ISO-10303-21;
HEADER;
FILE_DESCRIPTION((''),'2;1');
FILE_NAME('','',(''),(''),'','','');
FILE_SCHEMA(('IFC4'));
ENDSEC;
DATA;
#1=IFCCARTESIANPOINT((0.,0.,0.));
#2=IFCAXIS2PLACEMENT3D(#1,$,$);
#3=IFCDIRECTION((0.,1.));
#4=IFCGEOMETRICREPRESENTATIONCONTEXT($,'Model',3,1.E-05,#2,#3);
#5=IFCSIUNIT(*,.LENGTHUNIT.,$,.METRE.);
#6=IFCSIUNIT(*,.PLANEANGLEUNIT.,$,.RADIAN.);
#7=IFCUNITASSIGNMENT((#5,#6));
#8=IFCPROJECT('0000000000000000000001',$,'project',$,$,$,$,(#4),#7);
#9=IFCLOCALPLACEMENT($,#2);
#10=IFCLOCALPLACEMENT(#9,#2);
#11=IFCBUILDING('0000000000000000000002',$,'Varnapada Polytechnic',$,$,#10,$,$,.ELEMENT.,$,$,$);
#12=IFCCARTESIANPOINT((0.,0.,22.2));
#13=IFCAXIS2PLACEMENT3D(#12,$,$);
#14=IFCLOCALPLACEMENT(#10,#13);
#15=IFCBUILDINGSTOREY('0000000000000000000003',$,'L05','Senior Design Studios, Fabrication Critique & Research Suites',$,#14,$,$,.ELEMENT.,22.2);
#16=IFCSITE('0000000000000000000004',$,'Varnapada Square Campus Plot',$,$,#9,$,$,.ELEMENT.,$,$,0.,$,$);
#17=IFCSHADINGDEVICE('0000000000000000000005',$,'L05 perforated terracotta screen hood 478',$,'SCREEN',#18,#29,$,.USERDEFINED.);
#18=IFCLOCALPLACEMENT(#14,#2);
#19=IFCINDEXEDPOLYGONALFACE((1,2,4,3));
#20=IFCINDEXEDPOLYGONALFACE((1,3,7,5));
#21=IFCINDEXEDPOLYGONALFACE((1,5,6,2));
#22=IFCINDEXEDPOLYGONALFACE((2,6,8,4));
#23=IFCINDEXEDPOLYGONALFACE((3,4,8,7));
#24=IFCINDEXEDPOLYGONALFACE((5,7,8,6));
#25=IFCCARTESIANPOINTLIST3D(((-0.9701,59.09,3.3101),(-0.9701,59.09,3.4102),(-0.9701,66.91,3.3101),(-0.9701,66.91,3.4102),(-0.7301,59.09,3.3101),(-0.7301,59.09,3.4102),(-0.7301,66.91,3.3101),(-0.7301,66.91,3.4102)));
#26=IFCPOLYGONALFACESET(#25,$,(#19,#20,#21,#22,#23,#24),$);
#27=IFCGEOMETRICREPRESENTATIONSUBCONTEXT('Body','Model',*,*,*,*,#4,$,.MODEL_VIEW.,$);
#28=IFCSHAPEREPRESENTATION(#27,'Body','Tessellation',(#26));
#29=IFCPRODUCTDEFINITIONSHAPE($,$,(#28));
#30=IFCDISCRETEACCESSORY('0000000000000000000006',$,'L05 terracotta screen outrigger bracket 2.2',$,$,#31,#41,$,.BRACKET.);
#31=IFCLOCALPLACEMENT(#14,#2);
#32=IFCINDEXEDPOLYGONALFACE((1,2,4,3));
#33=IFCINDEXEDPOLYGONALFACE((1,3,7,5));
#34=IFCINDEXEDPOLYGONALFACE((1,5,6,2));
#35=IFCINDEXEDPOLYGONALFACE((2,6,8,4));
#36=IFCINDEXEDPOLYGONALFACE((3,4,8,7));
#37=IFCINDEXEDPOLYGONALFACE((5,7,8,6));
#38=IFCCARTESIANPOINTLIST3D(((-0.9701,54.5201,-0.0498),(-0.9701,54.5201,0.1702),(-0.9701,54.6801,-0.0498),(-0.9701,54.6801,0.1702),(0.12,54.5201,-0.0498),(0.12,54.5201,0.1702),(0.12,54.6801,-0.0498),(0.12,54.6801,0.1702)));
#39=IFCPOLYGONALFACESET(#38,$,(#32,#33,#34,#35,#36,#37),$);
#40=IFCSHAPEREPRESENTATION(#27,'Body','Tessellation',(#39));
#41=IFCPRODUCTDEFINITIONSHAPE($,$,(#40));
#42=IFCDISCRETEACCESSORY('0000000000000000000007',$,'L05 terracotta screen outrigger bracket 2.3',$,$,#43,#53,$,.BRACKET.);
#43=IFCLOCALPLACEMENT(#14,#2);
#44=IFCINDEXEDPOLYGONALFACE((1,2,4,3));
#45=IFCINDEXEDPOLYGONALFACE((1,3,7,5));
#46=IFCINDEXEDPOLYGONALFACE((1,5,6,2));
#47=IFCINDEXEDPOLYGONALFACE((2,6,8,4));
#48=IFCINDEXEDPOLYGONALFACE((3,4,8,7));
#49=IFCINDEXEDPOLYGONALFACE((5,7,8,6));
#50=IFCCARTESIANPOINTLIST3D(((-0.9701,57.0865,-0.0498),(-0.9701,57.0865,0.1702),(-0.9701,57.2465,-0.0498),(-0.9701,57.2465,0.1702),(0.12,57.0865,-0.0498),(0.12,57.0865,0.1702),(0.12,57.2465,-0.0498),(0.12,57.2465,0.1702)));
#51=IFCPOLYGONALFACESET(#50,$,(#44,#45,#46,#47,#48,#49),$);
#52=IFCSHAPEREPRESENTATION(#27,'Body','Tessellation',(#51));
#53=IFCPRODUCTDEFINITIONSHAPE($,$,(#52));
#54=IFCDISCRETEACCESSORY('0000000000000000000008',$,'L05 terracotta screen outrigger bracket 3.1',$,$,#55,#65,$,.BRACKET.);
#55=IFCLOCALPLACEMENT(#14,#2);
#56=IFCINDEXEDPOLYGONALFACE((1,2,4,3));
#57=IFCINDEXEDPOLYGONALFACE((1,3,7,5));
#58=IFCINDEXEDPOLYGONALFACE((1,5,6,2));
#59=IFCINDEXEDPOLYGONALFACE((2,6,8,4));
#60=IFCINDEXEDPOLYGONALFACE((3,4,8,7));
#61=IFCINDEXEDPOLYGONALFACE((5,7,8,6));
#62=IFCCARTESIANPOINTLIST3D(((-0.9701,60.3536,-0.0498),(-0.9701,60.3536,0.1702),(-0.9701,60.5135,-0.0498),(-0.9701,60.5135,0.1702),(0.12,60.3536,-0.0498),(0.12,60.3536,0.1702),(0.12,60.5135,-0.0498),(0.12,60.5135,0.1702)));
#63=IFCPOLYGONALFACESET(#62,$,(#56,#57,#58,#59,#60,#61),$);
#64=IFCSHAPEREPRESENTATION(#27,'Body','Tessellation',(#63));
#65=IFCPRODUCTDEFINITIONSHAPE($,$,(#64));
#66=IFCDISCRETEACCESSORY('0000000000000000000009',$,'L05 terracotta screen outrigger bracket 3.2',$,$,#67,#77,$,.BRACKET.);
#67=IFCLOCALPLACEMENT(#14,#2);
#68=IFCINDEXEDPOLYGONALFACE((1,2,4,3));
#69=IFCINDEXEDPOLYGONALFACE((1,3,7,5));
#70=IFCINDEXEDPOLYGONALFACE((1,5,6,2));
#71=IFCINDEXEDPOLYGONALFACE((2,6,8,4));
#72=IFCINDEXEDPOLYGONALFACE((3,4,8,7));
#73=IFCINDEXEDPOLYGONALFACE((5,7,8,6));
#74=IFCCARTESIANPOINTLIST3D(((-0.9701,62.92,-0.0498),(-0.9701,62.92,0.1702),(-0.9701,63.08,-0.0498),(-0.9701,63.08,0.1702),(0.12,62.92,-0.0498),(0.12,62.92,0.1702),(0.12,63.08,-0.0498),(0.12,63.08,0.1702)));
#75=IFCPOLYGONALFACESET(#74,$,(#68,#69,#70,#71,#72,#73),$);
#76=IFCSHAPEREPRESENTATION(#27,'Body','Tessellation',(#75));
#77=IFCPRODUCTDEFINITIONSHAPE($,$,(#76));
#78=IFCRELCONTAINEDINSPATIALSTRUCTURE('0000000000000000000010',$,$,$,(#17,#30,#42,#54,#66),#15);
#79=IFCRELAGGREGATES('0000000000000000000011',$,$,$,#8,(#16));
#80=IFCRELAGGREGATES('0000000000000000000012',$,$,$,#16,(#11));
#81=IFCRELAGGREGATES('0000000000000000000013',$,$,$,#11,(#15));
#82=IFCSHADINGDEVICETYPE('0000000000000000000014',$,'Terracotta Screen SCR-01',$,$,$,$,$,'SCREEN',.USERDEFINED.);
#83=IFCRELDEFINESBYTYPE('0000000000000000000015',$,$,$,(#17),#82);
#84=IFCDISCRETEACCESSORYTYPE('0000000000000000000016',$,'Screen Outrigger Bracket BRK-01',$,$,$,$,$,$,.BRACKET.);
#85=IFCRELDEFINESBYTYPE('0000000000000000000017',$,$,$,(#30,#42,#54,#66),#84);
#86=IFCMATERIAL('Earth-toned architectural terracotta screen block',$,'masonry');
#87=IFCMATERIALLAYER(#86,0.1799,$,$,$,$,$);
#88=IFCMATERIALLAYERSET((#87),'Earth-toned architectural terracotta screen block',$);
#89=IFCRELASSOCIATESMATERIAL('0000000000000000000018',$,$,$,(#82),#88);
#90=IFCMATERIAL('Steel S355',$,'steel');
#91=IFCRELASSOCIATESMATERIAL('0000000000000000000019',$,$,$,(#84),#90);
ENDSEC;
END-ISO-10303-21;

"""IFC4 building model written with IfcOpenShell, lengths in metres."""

from ifc_helpers import new_model, si_unit, direction, frame, origin, origin_2d, place, context, subcontext, project, spatial, rectangle, extrude, material, layer, layer_set, type_object, element, save


model = new_model("IFC4")

# Units and contexts
model_context = context("Model", 3, precision=1e-05, world=origin(), true_north=direction((0.0, 1.0)))
body_context = subcontext(model_context, "Body", "Model", "MODEL_VIEW")
ifc_project = project(units=[si_unit("LENGTHUNIT", "METRE"), si_unit("PLANEANGLEUNIT", "RADIAN")], contexts=[model_context])

# Site, building, storey
site_placement = place(None, origin())
site = spatial("IfcSite", under=ifc_project, at=site_placement, Name="Varnapada Square Campus Plot", CompositionType="ELEMENT", RefElevation=0.0)
building_placement = place(site_placement, origin())
building = spatial("IfcBuilding", under=site, at=building_placement, Name="Varnapada Polytechnic", CompositionType="ELEMENT")
storey_placement = place(building_placement, frame((0.0, 0.0, 22.2)))
storey = spatial("IfcBuildingStorey", under=building, at=storey_placement, Name="L05", Description="Senior Design Studios, Fabrication Critique & Research Suites", CompositionType="ELEMENT", Elevation=22.2)

# Shared definitions
ifc_material_1 = material(Name="Earth-toned architectural terracotta screen block", Category="masonry")

# Shading device
ifc_layer_1 = layer(ifc_material_1, 0.1799)
ifc_layer_set_1 = layer_set([ifc_layer_1], Name="Earth-toned architectural terracotta screen block")
shading_device_type = type_object("IfcShadingDeviceType", Name="Terracotta Screen SCR-01", ElementType="SCREEN", PredefinedType="USERDEFINED", material=ifc_layer_set_1)
for number, where, z_axis, x_axis, name in (
    (1, (-0.8501, 63.0, 3.3101), (0.0, 0.0, 1.0), (0.0, 1.0, 0.0), "L05 perforated terracotta screen hood 478"),
):
    element("IfcShadingDevice", number, at=place(storey_placement, frame(where, z_axis=z_axis, x_axis=x_axis)), inside=storey, type_object=shading_device_type, Name=name, ObjectType="SCREEN", PredefinedType="USERDEFINED", context=body_context, shape_type="SweptSolid", body=[
        extrude(rectangle(XDim=7.8201, YDim=0.24, at=origin_2d()), origin(), (0.0, 0.0, 1.0), 0.1001),
    ])

# Discrete accessories
ifc_material_2 = material(Name="Steel S355", Category="steel")
discrete_accessory_type = type_object("IfcDiscreteAccessoryType", Name="Screen Outrigger Bracket BRK-01", PredefinedType="BRACKET", material=ifc_material_2)
for number, where, z_axis, x_axis, name in (
    (2, (-0.425, 54.6001, -0.0498), (0.0, 0.0, 1.0), (0.0, 1.0, 0.0), "L05 terracotta screen outrigger bracket 2.2"),
    (3, (-0.425, 57.1665, -0.0498), (0.0, 0.0, 1.0), (0.0, 1.0, 0.0), "L05 terracotta screen outrigger bracket 2.3"),
    (4, (-0.425, 60.4336, -0.0498), (0.0, 0.0, 1.0), (0.0, 1.0, 0.0), "L05 terracotta screen outrigger bracket 3.1"),
    (5, (-0.425, 63.0, -0.0498), (0.0, 0.0, 1.0), (0.0, 1.0, 0.0), "L05 terracotta screen outrigger bracket 3.2"),
):
    element("IfcDiscreteAccessory", number, at=place(storey_placement, frame(where, z_axis=z_axis, x_axis=x_axis)), inside=storey, type_object=discrete_accessory_type, Name=name, PredefinedType="BRACKET", context=body_context, shape_type="SweptSolid", body=[
        extrude(rectangle(XDim=0.1599, YDim=1.0901, at=origin_2d()), origin(), (0.0, 0.0, 1.0), 0.22),
    ])

save(model, "model.ifc")
